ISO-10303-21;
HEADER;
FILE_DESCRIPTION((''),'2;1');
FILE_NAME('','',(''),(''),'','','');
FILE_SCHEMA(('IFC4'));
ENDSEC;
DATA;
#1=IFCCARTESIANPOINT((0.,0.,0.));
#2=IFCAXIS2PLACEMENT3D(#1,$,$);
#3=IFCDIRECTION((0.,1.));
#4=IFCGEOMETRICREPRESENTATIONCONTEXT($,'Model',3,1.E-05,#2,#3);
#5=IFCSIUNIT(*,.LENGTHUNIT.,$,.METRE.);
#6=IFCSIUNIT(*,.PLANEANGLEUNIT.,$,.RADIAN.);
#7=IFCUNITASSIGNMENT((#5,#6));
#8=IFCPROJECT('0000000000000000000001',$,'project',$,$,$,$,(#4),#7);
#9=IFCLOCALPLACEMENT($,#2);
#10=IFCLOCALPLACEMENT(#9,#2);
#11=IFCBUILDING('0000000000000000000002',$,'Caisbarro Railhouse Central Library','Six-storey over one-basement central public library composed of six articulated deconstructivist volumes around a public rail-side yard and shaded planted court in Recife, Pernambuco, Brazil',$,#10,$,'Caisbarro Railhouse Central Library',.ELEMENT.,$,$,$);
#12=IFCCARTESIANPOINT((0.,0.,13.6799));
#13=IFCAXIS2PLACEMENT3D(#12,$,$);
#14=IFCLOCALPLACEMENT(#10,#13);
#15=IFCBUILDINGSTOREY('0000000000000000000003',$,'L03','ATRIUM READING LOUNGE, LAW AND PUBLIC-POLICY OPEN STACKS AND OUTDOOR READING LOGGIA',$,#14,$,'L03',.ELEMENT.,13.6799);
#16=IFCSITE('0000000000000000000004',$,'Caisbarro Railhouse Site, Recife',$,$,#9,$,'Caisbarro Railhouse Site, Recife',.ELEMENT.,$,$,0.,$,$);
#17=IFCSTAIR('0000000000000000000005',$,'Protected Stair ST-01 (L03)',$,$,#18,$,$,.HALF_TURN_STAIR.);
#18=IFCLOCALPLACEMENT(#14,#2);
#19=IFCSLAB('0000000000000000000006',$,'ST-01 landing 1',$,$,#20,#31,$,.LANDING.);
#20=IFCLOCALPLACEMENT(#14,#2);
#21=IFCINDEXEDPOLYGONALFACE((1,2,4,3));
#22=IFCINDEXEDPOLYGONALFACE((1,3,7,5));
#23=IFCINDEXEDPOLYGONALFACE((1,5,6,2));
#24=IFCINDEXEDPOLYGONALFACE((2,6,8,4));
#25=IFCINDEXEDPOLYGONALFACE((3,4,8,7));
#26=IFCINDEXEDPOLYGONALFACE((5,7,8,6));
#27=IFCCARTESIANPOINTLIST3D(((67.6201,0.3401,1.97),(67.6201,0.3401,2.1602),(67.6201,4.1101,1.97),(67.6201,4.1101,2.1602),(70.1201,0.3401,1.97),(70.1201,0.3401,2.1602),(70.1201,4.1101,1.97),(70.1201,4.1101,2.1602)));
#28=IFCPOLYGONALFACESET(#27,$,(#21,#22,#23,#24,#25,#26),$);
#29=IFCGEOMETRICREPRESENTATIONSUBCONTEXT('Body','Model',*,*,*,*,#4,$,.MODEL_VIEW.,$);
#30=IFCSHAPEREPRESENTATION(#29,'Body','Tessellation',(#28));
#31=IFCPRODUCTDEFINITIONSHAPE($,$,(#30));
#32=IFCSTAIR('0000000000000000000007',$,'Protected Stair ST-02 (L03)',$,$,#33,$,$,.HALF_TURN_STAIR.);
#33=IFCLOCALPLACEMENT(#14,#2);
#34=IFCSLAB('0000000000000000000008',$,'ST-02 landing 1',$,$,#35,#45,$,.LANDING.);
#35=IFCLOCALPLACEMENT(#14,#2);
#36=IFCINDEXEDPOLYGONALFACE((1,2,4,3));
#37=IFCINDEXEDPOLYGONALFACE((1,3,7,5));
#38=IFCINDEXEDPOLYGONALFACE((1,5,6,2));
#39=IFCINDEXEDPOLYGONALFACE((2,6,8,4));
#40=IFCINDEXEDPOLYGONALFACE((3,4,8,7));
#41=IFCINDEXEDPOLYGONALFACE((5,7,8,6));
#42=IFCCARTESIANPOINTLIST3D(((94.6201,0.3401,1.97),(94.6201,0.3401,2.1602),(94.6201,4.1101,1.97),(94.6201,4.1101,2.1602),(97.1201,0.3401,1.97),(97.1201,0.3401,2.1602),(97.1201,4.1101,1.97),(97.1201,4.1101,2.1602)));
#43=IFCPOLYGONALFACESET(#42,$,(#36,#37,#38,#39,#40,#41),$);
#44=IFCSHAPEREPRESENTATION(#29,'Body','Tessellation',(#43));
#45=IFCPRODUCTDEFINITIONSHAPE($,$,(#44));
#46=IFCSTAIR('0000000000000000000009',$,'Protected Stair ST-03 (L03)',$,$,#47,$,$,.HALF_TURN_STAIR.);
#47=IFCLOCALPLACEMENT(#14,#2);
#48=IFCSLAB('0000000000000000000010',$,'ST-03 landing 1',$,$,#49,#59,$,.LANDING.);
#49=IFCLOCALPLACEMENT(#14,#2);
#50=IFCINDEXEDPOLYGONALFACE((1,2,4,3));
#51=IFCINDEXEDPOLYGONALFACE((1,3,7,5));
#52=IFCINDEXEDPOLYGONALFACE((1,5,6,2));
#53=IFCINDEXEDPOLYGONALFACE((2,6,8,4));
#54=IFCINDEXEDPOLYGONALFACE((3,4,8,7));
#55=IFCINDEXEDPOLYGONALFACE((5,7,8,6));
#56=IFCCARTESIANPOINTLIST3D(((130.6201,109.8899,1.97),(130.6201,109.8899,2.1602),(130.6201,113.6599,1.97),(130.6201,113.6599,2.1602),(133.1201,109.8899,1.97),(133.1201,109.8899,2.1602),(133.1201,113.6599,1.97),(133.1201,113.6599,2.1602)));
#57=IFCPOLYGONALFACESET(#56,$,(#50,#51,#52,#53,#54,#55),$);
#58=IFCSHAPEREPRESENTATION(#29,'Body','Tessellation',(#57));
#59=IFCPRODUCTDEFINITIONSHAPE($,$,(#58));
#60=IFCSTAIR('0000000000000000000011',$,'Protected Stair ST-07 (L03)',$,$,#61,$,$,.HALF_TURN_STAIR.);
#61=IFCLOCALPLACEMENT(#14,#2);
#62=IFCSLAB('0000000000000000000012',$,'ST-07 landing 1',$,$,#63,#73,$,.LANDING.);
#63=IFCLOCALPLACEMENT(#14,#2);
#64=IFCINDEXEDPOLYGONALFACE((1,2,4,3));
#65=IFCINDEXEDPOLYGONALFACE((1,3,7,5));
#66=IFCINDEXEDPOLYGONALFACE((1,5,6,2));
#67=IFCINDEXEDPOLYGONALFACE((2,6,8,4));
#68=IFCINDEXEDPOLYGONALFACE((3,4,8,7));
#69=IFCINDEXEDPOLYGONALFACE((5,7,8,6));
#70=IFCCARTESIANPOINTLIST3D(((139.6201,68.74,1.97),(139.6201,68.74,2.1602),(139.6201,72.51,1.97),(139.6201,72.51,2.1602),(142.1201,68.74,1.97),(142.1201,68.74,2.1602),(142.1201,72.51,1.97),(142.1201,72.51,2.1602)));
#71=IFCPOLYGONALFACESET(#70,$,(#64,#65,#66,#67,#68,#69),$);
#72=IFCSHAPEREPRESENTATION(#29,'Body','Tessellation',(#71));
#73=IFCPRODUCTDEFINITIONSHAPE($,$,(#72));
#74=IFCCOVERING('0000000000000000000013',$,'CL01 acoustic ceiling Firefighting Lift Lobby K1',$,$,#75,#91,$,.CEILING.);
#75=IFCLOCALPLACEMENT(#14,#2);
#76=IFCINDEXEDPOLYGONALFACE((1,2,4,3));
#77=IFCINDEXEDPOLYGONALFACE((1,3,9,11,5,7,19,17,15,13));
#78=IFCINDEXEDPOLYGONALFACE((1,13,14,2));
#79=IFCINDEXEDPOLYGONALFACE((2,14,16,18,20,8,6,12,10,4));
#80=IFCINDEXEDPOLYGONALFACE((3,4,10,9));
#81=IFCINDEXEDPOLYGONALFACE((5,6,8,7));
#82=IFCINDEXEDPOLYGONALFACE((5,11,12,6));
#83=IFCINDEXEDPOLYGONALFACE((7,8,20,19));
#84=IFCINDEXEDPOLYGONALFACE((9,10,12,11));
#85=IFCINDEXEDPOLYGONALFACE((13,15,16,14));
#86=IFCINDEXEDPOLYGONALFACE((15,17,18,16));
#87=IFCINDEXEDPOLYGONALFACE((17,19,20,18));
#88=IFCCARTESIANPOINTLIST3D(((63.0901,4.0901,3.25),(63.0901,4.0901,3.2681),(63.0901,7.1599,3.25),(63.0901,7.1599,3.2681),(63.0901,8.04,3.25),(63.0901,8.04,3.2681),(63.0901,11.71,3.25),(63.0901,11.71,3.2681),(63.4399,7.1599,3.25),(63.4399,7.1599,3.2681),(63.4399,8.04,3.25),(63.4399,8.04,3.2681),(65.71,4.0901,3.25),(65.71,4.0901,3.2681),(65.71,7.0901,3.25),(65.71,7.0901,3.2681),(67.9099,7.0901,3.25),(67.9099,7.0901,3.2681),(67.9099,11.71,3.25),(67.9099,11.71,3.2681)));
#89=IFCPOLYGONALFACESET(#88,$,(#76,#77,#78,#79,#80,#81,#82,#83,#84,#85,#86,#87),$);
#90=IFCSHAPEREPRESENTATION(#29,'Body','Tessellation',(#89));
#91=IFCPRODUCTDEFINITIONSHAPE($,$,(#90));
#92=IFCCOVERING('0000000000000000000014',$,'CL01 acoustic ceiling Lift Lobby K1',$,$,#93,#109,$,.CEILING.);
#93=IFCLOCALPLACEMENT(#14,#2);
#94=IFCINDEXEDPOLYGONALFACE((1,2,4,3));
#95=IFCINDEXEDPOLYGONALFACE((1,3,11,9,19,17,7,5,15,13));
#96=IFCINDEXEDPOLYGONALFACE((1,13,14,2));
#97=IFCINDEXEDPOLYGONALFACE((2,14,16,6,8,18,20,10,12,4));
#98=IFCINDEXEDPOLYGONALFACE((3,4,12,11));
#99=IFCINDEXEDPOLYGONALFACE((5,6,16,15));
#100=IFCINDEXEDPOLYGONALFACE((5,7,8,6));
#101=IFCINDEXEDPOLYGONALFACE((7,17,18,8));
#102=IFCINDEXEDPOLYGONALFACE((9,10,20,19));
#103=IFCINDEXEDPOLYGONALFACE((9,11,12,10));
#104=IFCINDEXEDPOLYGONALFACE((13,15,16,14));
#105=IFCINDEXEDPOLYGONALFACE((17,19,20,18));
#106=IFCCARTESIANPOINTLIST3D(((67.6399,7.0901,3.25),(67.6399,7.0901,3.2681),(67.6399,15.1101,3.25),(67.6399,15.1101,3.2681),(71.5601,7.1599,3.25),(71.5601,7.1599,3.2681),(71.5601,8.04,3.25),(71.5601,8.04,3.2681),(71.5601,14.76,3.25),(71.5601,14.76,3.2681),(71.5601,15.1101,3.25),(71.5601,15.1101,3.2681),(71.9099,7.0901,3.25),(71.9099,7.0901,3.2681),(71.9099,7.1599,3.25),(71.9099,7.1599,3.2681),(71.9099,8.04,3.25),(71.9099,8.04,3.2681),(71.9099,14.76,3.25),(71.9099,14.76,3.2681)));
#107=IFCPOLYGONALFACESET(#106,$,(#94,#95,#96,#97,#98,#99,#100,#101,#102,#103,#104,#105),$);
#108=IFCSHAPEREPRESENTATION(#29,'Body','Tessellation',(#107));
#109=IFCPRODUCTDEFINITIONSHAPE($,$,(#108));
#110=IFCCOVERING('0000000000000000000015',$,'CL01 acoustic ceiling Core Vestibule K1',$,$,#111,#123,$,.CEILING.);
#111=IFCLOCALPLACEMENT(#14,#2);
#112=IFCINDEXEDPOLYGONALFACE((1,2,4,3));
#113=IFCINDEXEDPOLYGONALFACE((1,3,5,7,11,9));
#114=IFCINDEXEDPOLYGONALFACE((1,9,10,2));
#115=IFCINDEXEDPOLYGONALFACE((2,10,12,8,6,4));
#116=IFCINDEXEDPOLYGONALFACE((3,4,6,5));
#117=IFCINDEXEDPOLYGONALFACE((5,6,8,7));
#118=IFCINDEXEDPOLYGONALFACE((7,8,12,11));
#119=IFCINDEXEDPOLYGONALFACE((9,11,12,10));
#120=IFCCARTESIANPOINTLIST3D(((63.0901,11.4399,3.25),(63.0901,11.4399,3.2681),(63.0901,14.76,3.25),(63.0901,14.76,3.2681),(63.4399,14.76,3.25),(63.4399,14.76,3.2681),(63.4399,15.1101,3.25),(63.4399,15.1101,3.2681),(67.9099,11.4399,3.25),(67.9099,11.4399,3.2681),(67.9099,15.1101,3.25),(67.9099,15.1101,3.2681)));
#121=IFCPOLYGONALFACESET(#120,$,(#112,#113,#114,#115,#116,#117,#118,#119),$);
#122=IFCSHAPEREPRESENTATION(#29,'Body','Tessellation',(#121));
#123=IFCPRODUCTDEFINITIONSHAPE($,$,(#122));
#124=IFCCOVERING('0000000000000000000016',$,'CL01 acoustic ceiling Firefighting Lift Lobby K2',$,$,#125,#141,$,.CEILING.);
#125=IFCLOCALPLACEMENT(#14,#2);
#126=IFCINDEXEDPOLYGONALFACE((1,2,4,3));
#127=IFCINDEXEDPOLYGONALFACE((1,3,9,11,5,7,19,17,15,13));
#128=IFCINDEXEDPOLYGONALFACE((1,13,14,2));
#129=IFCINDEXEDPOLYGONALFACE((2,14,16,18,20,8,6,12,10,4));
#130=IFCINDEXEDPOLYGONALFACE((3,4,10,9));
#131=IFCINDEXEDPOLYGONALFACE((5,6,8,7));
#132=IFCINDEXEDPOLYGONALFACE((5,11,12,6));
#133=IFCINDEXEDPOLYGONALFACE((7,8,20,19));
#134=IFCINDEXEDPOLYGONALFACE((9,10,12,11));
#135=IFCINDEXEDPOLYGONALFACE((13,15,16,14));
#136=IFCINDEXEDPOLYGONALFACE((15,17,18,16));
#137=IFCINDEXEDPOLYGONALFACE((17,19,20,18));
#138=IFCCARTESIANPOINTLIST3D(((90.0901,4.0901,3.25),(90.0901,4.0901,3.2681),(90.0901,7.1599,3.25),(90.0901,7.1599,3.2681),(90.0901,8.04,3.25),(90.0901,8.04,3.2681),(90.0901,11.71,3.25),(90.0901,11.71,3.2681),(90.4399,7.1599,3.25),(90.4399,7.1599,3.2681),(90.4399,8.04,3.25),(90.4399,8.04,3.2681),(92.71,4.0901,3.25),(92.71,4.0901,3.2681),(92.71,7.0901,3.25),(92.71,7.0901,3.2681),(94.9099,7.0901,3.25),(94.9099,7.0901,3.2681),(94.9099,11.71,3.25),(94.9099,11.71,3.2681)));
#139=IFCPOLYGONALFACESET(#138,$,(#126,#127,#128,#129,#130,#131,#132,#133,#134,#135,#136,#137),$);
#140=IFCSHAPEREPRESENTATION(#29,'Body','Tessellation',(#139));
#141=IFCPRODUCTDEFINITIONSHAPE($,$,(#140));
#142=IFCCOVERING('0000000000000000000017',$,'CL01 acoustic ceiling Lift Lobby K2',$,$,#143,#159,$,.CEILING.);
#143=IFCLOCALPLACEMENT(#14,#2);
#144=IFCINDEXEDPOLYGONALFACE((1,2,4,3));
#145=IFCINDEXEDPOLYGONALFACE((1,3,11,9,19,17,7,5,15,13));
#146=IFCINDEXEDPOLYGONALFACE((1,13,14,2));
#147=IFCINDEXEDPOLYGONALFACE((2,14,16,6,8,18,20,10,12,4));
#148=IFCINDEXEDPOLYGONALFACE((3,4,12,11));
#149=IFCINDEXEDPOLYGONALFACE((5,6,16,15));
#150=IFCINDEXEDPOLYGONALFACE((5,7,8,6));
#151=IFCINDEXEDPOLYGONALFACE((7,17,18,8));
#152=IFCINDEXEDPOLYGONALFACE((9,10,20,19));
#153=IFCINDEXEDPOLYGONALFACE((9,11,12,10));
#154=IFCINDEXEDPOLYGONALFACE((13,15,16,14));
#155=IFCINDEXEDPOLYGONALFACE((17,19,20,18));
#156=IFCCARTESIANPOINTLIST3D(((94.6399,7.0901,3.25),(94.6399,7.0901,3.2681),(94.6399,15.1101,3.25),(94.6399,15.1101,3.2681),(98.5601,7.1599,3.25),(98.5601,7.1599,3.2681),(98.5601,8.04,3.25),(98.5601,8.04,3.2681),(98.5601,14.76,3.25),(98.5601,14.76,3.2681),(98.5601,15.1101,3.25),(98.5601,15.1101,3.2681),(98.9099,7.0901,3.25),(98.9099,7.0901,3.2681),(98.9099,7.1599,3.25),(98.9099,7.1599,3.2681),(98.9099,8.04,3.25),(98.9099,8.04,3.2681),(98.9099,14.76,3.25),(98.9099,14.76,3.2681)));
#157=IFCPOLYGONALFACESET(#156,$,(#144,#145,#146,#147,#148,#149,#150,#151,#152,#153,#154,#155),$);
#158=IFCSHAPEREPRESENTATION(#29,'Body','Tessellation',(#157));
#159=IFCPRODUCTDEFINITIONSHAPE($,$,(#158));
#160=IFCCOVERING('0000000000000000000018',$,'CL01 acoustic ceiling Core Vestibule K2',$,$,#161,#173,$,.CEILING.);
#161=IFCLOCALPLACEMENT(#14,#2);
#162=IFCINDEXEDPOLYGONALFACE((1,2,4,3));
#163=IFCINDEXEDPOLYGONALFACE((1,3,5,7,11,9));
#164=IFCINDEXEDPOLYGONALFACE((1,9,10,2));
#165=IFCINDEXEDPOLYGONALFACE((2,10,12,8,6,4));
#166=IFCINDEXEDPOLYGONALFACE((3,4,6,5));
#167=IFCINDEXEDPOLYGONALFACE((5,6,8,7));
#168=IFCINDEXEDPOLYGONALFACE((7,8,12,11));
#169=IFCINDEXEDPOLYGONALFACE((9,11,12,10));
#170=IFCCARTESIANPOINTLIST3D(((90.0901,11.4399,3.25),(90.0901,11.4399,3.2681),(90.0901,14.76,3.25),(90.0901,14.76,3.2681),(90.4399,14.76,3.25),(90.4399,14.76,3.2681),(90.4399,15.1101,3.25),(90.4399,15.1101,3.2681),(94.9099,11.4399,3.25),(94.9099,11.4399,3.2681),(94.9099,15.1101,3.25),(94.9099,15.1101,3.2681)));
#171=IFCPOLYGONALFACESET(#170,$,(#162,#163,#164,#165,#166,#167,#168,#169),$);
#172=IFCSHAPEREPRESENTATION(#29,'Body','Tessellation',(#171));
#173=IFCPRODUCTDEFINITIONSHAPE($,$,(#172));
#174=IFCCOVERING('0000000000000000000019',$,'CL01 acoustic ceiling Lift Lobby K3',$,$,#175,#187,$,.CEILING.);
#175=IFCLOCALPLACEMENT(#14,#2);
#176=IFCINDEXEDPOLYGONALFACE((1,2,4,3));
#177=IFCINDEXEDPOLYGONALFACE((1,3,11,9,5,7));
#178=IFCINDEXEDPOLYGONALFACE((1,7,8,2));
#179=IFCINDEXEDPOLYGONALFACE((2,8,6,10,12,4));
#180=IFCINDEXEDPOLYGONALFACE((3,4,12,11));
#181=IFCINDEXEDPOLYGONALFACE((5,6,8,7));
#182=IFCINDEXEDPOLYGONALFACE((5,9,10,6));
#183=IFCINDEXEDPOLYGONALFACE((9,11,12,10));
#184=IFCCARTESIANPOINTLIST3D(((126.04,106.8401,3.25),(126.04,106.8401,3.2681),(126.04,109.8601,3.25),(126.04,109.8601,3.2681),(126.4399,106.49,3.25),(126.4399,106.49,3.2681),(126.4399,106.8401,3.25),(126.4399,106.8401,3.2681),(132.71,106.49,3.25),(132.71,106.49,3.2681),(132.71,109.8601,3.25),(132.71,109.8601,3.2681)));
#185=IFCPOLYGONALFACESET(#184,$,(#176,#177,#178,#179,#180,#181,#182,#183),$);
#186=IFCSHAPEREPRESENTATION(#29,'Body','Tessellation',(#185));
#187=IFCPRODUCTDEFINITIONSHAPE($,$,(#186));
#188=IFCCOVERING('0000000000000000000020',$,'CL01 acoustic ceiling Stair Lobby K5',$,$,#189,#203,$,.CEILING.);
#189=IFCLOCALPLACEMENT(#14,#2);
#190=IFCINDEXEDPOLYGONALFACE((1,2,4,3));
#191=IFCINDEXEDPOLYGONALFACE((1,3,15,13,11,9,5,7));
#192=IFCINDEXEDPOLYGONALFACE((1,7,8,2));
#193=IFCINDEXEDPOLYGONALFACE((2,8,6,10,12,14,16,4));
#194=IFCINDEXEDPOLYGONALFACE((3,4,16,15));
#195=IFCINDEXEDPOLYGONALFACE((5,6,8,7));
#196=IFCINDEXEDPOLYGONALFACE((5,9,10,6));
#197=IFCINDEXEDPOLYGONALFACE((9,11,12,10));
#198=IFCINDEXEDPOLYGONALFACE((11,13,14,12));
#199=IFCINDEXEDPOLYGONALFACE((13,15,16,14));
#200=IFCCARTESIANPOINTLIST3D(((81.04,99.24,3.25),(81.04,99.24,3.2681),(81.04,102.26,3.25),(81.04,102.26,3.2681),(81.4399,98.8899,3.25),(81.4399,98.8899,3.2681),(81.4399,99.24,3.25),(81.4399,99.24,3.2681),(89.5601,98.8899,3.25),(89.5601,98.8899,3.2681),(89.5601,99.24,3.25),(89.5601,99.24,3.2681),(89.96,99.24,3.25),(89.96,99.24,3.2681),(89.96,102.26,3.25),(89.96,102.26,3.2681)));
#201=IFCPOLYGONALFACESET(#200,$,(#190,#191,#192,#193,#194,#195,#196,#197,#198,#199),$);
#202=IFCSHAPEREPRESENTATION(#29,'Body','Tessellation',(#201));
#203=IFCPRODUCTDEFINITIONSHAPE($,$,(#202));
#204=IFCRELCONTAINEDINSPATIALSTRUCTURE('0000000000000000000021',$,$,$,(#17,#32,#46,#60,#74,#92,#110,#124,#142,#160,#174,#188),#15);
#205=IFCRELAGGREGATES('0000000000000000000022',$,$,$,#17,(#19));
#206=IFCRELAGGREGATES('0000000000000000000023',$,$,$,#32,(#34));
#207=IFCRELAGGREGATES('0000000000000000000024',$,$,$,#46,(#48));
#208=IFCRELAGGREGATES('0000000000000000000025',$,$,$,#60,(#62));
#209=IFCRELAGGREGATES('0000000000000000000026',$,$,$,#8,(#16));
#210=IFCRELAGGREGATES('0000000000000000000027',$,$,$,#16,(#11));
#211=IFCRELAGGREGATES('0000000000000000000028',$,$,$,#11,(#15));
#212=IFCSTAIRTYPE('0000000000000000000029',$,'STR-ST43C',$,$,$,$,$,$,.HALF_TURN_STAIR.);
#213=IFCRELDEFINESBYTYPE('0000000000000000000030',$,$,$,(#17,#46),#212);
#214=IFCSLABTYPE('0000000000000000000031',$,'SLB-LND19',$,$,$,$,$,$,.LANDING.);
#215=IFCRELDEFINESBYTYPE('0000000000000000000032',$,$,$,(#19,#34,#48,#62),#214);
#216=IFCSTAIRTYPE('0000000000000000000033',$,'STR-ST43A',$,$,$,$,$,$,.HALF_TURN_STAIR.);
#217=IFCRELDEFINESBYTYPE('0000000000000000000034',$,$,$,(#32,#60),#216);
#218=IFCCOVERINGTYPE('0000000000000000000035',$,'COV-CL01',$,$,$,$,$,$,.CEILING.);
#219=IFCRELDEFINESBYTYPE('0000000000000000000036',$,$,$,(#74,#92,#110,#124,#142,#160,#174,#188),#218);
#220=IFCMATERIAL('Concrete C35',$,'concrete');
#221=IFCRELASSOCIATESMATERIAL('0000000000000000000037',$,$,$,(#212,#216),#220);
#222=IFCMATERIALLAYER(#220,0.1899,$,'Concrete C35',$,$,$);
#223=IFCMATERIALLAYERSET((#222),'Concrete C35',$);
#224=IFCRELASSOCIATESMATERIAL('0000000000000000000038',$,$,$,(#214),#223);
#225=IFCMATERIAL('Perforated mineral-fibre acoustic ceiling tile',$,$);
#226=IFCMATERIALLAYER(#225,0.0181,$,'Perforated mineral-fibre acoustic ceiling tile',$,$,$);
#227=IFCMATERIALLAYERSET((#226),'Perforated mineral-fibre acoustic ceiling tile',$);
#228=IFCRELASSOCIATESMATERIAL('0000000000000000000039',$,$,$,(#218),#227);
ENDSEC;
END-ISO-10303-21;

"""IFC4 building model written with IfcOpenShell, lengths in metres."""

from ifc_helpers import new_model, si_unit, direction, frame, origin, place, context, subcontext, project, spatial, polyline, outline, extrude, material, layer, layer_set, type_object, element, aggregate, save


model = new_model("IFC4")

# Units and contexts
model_context = context("Model", 3, precision=1e-05, world=origin(), true_north=direction((0.0, 1.0)))
body_context = subcontext(model_context, "Body", "Model", "MODEL_VIEW")
ifc_project = project(units=[si_unit("LENGTHUNIT", "METRE"), si_unit("PLANEANGLEUNIT", "RADIAN")], contexts=[model_context])

# Site, building, storey
site_placement = place(None, origin())
site = spatial("IfcSite", under=ifc_project, at=site_placement, Name="Caisbarro Railhouse Site, Recife", LongName="Caisbarro Railhouse Site, Recife", CompositionType="ELEMENT", RefElevation=0.0)
building_placement = place(site_placement, origin())
building = spatial("IfcBuilding", under=site, at=building_placement, Name="Caisbarro Railhouse Central Library", Description="Six-storey over one-basement central public library composed of six articulated deconstructivist volumes around a public rail-side yard and shaded planted court in Recife, Pernambuco, Brazil", LongName="Caisbarro Railhouse Central Library", CompositionType="ELEMENT")
storey_placement = place(building_placement, frame((0.0, 0.0, 13.6799)))
storey = spatial("IfcBuildingStorey", under=building, at=storey_placement, Name="L03", Description="ATRIUM READING LOUNGE, LAW AND PUBLIC-POLICY OPEN STACKS AND OUTDOOR READING LOGGIA", LongName="L03", CompositionType="ELEMENT", Elevation=13.6799)

# Stairs, slabs
ifc_material_1 = material(Name="Concrete C35", Category="concrete")
stair_type_1 = type_object("IfcStairType", Name="STR-ST43C", PredefinedType="HALF_TURN_STAIR", material=ifc_material_1)
stair_1_placement = place(storey_placement, origin())
stair_1 = element("IfcStair", 1, at=stair_1_placement, inside=storey, type_object=stair_type_1, Name="Protected Stair ST-01 (L03)", PredefinedType="HALF_TURN_STAIR")
ifc_layer_1 = layer(ifc_material_1, 0.1899, Name="Concrete C35")
ifc_layer_set_1 = layer_set([ifc_layer_1], Name="Concrete C35")
slab_type = type_object("IfcSlabType", Name="SLB-LND19", PredefinedType="LANDING", material=ifc_layer_set_1)
slab_1_placement = place(storey_placement, frame((0.0, 0.0, 1.97)))
slab_1 = element("IfcSlab", 2, at=slab_1_placement, type_object=slab_type, Name="ST-01 landing 1", PredefinedType="LANDING", context=body_context, shape_type="SweptSolid", body=[
    extrude(outline(polyline([(67.6201, 0.3401), (70.1201, 0.3401), (70.1201, 4.1101), (67.6201, 4.1101), (67.6201, 0.3401)])), origin(), (0.0, 0.0, 1.0), 0.1902),
])
aggregate(stair_1, [slab_1])
stair_type_2 = type_object("IfcStairType", Name="STR-ST43A", PredefinedType="HALF_TURN_STAIR", material=ifc_material_1)
stair_2_placement = place(storey_placement, origin())
stair_2 = element("IfcStair", 3, at=stair_2_placement, inside=storey, type_object=stair_type_2, Name="Protected Stair ST-02 (L03)", PredefinedType="HALF_TURN_STAIR")
slab_2_placement = place(storey_placement, frame((0.0, 0.0, 1.97)))
slab_2 = element("IfcSlab", 4, at=slab_2_placement, type_object=slab_type, Name="ST-02 landing 1", PredefinedType="LANDING", context=body_context, shape_type="SweptSolid", body=[
    extrude(outline(polyline([(94.6201, 0.3401), (97.1201, 0.3401), (97.1201, 4.1101), (94.6201, 4.1101), (94.6201, 0.3401)])), origin(), (0.0, 0.0, 1.0), 0.1902),
])
aggregate(stair_2, [slab_2])
stair_3_placement = place(storey_placement, origin())
stair_3 = element("IfcStair", 5, at=stair_3_placement, inside=storey, type_object=stair_type_1, Name="Protected Stair ST-03 (L03)", PredefinedType="HALF_TURN_STAIR")
slab_3_placement = place(storey_placement, frame((0.0, 0.0, 1.97)))
slab_3 = element("IfcSlab", 6, at=slab_3_placement, type_object=slab_type, Name="ST-03 landing 1", PredefinedType="LANDING", context=body_context, shape_type="SweptSolid", body=[
    extrude(outline(polyline([(130.6201, 109.8899), (133.1201, 109.8899), (133.1201, 113.6599), (130.6201, 113.6599), (130.6201, 109.8899)])), origin(), (0.0, 0.0, 1.0), 0.1902),
])
aggregate(stair_3, [slab_3])
stair_4_placement = place(storey_placement, origin())
stair_4 = element("IfcStair", 7, at=stair_4_placement, inside=storey, type_object=stair_type_2, Name="Protected Stair ST-07 (L03)", PredefinedType="HALF_TURN_STAIR")
slab_4_placement = place(storey_placement, frame((0.0, 0.0, 1.97)))
slab_4 = element("IfcSlab", 8, at=slab_4_placement, type_object=slab_type, Name="ST-07 landing 1", PredefinedType="LANDING", context=body_context, shape_type="SweptSolid", body=[
    extrude(outline(polyline([(139.6201, 68.74), (142.1201, 68.74), (142.1201, 72.51), (139.6201, 72.51), (139.6201, 68.74)])), origin(), (0.0, 0.0, 1.0), 0.1902),
])
aggregate(stair_4, [slab_4])

# Coverings
ifc_material_2 = material(Name="Perforated mineral-fibre acoustic ceiling tile")
ifc_layer_2 = layer(ifc_material_2, 0.0181, Name="Perforated mineral-fibre acoustic ceiling tile")
ifc_layer_set_2 = layer_set([ifc_layer_2], Name="Perforated mineral-fibre acoustic ceiling tile")
covering_type_1 = type_object("IfcCoveringType", Name="COV-CL01", PredefinedType="CEILING", material=ifc_layer_set_2)
covering_1_placement = place(storey_placement, frame((0.0, 0.0, 3.25)))
element("IfcCovering", 9, at=covering_1_placement, inside=storey, type_object=covering_type_1, Name="CL01 acoustic ceiling Firefighting Lift Lobby K1", PredefinedType="CEILING", context=body_context, shape_type="SweptSolid", body=[
    extrude(outline(polyline([(63.0901, 7.1599), (63.4399, 7.1599), (63.4399, 8.04), (63.0901, 8.04), (63.0901, 11.71), (67.9099, 11.71), (67.9099, 7.0901), (65.71, 7.0901), (65.71, 4.0901), (63.0901, 4.0901), (63.0901, 7.1599)])), origin(), (0.0, 0.0, 1.0), 0.0181),
])
covering_2_placement = place(storey_placement, frame((0.0, 0.0, 3.25)))
element("IfcCovering", 10, at=covering_2_placement, inside=storey, type_object=covering_type_1, Name="CL01 acoustic ceiling Lift Lobby K1", PredefinedType="CEILING", context=body_context, shape_type="SweptSolid", body=[
    extrude(outline(polyline([(71.5601, 15.1101), (71.5601, 14.76), (71.9099, 14.76), (71.9099, 8.04), (71.5601, 8.04), (71.5601, 7.1599), (71.9099, 7.1599), (71.9099, 7.0901), (67.6399, 7.0901), (67.6399, 15.1101), (71.5601, 15.1101)])), origin(), (0.0, 0.0, 1.0), 0.0181),
])
covering_3_placement = place(storey_placement, frame((0.0, 0.0, 3.25)))
element("IfcCovering", 11, at=covering_3_placement, inside=storey, type_object=covering_type_1, Name="CL01 acoustic ceiling Core Vestibule K1", PredefinedType="CEILING", context=body_context, shape_type="SweptSolid", body=[
    extrude(outline(polyline([(63.0901, 14.76), (63.4399, 14.76), (63.4399, 15.1101), (67.9099, 15.1101), (67.9099, 11.4399), (63.0901, 11.4399), (63.0901, 14.76)])), origin(), (0.0, 0.0, 1.0), 0.0181),
])
covering_4_placement = place(storey_placement, frame((0.0, 0.0, 3.25)))
element("IfcCovering", 12, at=covering_4_placement, inside=storey, type_object=covering_type_1, Name="CL01 acoustic ceiling Firefighting Lift Lobby K2", PredefinedType="CEILING", context=body_context, shape_type="SweptSolid", body=[
    extrude(outline(polyline([(90.0901, 7.1599), (90.4399, 7.1599), (90.4399, 8.04), (90.0901, 8.04), (90.0901, 11.71), (94.9099, 11.71), (94.9099, 7.0901), (92.71, 7.0901), (92.71, 4.0901), (90.0901, 4.0901), (90.0901, 7.1599)])), origin(), (0.0, 0.0, 1.0), 0.0181),
])
covering_5_placement = place(storey_placement, frame((0.0, 0.0, 3.25)))
element("IfcCovering", 13, at=covering_5_placement, inside=storey, type_object=covering_type_1, Name="CL01 acoustic ceiling Lift Lobby K2", PredefinedType="CEILING", context=body_context, shape_type="SweptSolid", body=[
    extrude(outline(polyline([(98.5601, 15.1101), (98.5601, 14.76), (98.9099, 14.76), (98.9099, 8.04), (98.5601, 8.04), (98.5601, 7.1599), (98.9099, 7.1599), (98.9099, 7.0901), (94.6399, 7.0901), (94.6399, 15.1101), (98.5601, 15.1101)])), origin(), (0.0, 0.0, 1.0), 0.0181),
])
covering_6_placement = place(storey_placement, frame((0.0, 0.0, 3.25)))
element("IfcCovering", 14, at=covering_6_placement, inside=storey, type_object=covering_type_1, Name="CL01 acoustic ceiling Core Vestibule K2", PredefinedType="CEILING", context=body_context, shape_type="SweptSolid", body=[
    extrude(outline(polyline([(90.0901, 14.76), (90.4399, 14.76), (90.4399, 15.1101), (94.9099, 15.1101), (94.9099, 11.4399), (90.0901, 11.4399), (90.0901, 14.76)])), origin(), (0.0, 0.0, 1.0), 0.0181),
])
covering_7_placement = place(storey_placement, frame((0.0, 0.0, 3.25)))
element("IfcCovering", 15, at=covering_7_placement, inside=storey, type_object=covering_type_1, Name="CL01 acoustic ceiling Lift Lobby K3", PredefinedType="CEILING", context=body_context, shape_type="SweptSolid", body=[
    extrude(outline(polyline([(126.04, 109.8601), (132.71, 109.8601), (132.71, 106.49), (126.4399, 106.49), (126.4399, 106.8401), (126.04, 106.8401), (126.04, 109.8601)])), origin(), (0.0, 0.0, 1.0), 0.0181),
])
covering_8_placement = place(storey_placement, frame((0.0, 0.0, 3.25)))
element("IfcCovering", 16, at=covering_8_placement, inside=storey, type_object=covering_type_1, Name="CL01 acoustic ceiling Stair Lobby K5", PredefinedType="CEILING", context=body_context, shape_type="SweptSolid", body=[
    extrude(outline(polyline([(89.96, 102.26), (89.96, 99.24), (89.5601, 99.24), (89.5601, 98.8899), (81.4399, 98.8899), (81.4399, 99.24), (81.04, 99.24), (81.04, 102.26), (89.96, 102.26)])), origin(), (0.0, 0.0, 1.0), 0.0181),
])

save(model, "model.ifc")
